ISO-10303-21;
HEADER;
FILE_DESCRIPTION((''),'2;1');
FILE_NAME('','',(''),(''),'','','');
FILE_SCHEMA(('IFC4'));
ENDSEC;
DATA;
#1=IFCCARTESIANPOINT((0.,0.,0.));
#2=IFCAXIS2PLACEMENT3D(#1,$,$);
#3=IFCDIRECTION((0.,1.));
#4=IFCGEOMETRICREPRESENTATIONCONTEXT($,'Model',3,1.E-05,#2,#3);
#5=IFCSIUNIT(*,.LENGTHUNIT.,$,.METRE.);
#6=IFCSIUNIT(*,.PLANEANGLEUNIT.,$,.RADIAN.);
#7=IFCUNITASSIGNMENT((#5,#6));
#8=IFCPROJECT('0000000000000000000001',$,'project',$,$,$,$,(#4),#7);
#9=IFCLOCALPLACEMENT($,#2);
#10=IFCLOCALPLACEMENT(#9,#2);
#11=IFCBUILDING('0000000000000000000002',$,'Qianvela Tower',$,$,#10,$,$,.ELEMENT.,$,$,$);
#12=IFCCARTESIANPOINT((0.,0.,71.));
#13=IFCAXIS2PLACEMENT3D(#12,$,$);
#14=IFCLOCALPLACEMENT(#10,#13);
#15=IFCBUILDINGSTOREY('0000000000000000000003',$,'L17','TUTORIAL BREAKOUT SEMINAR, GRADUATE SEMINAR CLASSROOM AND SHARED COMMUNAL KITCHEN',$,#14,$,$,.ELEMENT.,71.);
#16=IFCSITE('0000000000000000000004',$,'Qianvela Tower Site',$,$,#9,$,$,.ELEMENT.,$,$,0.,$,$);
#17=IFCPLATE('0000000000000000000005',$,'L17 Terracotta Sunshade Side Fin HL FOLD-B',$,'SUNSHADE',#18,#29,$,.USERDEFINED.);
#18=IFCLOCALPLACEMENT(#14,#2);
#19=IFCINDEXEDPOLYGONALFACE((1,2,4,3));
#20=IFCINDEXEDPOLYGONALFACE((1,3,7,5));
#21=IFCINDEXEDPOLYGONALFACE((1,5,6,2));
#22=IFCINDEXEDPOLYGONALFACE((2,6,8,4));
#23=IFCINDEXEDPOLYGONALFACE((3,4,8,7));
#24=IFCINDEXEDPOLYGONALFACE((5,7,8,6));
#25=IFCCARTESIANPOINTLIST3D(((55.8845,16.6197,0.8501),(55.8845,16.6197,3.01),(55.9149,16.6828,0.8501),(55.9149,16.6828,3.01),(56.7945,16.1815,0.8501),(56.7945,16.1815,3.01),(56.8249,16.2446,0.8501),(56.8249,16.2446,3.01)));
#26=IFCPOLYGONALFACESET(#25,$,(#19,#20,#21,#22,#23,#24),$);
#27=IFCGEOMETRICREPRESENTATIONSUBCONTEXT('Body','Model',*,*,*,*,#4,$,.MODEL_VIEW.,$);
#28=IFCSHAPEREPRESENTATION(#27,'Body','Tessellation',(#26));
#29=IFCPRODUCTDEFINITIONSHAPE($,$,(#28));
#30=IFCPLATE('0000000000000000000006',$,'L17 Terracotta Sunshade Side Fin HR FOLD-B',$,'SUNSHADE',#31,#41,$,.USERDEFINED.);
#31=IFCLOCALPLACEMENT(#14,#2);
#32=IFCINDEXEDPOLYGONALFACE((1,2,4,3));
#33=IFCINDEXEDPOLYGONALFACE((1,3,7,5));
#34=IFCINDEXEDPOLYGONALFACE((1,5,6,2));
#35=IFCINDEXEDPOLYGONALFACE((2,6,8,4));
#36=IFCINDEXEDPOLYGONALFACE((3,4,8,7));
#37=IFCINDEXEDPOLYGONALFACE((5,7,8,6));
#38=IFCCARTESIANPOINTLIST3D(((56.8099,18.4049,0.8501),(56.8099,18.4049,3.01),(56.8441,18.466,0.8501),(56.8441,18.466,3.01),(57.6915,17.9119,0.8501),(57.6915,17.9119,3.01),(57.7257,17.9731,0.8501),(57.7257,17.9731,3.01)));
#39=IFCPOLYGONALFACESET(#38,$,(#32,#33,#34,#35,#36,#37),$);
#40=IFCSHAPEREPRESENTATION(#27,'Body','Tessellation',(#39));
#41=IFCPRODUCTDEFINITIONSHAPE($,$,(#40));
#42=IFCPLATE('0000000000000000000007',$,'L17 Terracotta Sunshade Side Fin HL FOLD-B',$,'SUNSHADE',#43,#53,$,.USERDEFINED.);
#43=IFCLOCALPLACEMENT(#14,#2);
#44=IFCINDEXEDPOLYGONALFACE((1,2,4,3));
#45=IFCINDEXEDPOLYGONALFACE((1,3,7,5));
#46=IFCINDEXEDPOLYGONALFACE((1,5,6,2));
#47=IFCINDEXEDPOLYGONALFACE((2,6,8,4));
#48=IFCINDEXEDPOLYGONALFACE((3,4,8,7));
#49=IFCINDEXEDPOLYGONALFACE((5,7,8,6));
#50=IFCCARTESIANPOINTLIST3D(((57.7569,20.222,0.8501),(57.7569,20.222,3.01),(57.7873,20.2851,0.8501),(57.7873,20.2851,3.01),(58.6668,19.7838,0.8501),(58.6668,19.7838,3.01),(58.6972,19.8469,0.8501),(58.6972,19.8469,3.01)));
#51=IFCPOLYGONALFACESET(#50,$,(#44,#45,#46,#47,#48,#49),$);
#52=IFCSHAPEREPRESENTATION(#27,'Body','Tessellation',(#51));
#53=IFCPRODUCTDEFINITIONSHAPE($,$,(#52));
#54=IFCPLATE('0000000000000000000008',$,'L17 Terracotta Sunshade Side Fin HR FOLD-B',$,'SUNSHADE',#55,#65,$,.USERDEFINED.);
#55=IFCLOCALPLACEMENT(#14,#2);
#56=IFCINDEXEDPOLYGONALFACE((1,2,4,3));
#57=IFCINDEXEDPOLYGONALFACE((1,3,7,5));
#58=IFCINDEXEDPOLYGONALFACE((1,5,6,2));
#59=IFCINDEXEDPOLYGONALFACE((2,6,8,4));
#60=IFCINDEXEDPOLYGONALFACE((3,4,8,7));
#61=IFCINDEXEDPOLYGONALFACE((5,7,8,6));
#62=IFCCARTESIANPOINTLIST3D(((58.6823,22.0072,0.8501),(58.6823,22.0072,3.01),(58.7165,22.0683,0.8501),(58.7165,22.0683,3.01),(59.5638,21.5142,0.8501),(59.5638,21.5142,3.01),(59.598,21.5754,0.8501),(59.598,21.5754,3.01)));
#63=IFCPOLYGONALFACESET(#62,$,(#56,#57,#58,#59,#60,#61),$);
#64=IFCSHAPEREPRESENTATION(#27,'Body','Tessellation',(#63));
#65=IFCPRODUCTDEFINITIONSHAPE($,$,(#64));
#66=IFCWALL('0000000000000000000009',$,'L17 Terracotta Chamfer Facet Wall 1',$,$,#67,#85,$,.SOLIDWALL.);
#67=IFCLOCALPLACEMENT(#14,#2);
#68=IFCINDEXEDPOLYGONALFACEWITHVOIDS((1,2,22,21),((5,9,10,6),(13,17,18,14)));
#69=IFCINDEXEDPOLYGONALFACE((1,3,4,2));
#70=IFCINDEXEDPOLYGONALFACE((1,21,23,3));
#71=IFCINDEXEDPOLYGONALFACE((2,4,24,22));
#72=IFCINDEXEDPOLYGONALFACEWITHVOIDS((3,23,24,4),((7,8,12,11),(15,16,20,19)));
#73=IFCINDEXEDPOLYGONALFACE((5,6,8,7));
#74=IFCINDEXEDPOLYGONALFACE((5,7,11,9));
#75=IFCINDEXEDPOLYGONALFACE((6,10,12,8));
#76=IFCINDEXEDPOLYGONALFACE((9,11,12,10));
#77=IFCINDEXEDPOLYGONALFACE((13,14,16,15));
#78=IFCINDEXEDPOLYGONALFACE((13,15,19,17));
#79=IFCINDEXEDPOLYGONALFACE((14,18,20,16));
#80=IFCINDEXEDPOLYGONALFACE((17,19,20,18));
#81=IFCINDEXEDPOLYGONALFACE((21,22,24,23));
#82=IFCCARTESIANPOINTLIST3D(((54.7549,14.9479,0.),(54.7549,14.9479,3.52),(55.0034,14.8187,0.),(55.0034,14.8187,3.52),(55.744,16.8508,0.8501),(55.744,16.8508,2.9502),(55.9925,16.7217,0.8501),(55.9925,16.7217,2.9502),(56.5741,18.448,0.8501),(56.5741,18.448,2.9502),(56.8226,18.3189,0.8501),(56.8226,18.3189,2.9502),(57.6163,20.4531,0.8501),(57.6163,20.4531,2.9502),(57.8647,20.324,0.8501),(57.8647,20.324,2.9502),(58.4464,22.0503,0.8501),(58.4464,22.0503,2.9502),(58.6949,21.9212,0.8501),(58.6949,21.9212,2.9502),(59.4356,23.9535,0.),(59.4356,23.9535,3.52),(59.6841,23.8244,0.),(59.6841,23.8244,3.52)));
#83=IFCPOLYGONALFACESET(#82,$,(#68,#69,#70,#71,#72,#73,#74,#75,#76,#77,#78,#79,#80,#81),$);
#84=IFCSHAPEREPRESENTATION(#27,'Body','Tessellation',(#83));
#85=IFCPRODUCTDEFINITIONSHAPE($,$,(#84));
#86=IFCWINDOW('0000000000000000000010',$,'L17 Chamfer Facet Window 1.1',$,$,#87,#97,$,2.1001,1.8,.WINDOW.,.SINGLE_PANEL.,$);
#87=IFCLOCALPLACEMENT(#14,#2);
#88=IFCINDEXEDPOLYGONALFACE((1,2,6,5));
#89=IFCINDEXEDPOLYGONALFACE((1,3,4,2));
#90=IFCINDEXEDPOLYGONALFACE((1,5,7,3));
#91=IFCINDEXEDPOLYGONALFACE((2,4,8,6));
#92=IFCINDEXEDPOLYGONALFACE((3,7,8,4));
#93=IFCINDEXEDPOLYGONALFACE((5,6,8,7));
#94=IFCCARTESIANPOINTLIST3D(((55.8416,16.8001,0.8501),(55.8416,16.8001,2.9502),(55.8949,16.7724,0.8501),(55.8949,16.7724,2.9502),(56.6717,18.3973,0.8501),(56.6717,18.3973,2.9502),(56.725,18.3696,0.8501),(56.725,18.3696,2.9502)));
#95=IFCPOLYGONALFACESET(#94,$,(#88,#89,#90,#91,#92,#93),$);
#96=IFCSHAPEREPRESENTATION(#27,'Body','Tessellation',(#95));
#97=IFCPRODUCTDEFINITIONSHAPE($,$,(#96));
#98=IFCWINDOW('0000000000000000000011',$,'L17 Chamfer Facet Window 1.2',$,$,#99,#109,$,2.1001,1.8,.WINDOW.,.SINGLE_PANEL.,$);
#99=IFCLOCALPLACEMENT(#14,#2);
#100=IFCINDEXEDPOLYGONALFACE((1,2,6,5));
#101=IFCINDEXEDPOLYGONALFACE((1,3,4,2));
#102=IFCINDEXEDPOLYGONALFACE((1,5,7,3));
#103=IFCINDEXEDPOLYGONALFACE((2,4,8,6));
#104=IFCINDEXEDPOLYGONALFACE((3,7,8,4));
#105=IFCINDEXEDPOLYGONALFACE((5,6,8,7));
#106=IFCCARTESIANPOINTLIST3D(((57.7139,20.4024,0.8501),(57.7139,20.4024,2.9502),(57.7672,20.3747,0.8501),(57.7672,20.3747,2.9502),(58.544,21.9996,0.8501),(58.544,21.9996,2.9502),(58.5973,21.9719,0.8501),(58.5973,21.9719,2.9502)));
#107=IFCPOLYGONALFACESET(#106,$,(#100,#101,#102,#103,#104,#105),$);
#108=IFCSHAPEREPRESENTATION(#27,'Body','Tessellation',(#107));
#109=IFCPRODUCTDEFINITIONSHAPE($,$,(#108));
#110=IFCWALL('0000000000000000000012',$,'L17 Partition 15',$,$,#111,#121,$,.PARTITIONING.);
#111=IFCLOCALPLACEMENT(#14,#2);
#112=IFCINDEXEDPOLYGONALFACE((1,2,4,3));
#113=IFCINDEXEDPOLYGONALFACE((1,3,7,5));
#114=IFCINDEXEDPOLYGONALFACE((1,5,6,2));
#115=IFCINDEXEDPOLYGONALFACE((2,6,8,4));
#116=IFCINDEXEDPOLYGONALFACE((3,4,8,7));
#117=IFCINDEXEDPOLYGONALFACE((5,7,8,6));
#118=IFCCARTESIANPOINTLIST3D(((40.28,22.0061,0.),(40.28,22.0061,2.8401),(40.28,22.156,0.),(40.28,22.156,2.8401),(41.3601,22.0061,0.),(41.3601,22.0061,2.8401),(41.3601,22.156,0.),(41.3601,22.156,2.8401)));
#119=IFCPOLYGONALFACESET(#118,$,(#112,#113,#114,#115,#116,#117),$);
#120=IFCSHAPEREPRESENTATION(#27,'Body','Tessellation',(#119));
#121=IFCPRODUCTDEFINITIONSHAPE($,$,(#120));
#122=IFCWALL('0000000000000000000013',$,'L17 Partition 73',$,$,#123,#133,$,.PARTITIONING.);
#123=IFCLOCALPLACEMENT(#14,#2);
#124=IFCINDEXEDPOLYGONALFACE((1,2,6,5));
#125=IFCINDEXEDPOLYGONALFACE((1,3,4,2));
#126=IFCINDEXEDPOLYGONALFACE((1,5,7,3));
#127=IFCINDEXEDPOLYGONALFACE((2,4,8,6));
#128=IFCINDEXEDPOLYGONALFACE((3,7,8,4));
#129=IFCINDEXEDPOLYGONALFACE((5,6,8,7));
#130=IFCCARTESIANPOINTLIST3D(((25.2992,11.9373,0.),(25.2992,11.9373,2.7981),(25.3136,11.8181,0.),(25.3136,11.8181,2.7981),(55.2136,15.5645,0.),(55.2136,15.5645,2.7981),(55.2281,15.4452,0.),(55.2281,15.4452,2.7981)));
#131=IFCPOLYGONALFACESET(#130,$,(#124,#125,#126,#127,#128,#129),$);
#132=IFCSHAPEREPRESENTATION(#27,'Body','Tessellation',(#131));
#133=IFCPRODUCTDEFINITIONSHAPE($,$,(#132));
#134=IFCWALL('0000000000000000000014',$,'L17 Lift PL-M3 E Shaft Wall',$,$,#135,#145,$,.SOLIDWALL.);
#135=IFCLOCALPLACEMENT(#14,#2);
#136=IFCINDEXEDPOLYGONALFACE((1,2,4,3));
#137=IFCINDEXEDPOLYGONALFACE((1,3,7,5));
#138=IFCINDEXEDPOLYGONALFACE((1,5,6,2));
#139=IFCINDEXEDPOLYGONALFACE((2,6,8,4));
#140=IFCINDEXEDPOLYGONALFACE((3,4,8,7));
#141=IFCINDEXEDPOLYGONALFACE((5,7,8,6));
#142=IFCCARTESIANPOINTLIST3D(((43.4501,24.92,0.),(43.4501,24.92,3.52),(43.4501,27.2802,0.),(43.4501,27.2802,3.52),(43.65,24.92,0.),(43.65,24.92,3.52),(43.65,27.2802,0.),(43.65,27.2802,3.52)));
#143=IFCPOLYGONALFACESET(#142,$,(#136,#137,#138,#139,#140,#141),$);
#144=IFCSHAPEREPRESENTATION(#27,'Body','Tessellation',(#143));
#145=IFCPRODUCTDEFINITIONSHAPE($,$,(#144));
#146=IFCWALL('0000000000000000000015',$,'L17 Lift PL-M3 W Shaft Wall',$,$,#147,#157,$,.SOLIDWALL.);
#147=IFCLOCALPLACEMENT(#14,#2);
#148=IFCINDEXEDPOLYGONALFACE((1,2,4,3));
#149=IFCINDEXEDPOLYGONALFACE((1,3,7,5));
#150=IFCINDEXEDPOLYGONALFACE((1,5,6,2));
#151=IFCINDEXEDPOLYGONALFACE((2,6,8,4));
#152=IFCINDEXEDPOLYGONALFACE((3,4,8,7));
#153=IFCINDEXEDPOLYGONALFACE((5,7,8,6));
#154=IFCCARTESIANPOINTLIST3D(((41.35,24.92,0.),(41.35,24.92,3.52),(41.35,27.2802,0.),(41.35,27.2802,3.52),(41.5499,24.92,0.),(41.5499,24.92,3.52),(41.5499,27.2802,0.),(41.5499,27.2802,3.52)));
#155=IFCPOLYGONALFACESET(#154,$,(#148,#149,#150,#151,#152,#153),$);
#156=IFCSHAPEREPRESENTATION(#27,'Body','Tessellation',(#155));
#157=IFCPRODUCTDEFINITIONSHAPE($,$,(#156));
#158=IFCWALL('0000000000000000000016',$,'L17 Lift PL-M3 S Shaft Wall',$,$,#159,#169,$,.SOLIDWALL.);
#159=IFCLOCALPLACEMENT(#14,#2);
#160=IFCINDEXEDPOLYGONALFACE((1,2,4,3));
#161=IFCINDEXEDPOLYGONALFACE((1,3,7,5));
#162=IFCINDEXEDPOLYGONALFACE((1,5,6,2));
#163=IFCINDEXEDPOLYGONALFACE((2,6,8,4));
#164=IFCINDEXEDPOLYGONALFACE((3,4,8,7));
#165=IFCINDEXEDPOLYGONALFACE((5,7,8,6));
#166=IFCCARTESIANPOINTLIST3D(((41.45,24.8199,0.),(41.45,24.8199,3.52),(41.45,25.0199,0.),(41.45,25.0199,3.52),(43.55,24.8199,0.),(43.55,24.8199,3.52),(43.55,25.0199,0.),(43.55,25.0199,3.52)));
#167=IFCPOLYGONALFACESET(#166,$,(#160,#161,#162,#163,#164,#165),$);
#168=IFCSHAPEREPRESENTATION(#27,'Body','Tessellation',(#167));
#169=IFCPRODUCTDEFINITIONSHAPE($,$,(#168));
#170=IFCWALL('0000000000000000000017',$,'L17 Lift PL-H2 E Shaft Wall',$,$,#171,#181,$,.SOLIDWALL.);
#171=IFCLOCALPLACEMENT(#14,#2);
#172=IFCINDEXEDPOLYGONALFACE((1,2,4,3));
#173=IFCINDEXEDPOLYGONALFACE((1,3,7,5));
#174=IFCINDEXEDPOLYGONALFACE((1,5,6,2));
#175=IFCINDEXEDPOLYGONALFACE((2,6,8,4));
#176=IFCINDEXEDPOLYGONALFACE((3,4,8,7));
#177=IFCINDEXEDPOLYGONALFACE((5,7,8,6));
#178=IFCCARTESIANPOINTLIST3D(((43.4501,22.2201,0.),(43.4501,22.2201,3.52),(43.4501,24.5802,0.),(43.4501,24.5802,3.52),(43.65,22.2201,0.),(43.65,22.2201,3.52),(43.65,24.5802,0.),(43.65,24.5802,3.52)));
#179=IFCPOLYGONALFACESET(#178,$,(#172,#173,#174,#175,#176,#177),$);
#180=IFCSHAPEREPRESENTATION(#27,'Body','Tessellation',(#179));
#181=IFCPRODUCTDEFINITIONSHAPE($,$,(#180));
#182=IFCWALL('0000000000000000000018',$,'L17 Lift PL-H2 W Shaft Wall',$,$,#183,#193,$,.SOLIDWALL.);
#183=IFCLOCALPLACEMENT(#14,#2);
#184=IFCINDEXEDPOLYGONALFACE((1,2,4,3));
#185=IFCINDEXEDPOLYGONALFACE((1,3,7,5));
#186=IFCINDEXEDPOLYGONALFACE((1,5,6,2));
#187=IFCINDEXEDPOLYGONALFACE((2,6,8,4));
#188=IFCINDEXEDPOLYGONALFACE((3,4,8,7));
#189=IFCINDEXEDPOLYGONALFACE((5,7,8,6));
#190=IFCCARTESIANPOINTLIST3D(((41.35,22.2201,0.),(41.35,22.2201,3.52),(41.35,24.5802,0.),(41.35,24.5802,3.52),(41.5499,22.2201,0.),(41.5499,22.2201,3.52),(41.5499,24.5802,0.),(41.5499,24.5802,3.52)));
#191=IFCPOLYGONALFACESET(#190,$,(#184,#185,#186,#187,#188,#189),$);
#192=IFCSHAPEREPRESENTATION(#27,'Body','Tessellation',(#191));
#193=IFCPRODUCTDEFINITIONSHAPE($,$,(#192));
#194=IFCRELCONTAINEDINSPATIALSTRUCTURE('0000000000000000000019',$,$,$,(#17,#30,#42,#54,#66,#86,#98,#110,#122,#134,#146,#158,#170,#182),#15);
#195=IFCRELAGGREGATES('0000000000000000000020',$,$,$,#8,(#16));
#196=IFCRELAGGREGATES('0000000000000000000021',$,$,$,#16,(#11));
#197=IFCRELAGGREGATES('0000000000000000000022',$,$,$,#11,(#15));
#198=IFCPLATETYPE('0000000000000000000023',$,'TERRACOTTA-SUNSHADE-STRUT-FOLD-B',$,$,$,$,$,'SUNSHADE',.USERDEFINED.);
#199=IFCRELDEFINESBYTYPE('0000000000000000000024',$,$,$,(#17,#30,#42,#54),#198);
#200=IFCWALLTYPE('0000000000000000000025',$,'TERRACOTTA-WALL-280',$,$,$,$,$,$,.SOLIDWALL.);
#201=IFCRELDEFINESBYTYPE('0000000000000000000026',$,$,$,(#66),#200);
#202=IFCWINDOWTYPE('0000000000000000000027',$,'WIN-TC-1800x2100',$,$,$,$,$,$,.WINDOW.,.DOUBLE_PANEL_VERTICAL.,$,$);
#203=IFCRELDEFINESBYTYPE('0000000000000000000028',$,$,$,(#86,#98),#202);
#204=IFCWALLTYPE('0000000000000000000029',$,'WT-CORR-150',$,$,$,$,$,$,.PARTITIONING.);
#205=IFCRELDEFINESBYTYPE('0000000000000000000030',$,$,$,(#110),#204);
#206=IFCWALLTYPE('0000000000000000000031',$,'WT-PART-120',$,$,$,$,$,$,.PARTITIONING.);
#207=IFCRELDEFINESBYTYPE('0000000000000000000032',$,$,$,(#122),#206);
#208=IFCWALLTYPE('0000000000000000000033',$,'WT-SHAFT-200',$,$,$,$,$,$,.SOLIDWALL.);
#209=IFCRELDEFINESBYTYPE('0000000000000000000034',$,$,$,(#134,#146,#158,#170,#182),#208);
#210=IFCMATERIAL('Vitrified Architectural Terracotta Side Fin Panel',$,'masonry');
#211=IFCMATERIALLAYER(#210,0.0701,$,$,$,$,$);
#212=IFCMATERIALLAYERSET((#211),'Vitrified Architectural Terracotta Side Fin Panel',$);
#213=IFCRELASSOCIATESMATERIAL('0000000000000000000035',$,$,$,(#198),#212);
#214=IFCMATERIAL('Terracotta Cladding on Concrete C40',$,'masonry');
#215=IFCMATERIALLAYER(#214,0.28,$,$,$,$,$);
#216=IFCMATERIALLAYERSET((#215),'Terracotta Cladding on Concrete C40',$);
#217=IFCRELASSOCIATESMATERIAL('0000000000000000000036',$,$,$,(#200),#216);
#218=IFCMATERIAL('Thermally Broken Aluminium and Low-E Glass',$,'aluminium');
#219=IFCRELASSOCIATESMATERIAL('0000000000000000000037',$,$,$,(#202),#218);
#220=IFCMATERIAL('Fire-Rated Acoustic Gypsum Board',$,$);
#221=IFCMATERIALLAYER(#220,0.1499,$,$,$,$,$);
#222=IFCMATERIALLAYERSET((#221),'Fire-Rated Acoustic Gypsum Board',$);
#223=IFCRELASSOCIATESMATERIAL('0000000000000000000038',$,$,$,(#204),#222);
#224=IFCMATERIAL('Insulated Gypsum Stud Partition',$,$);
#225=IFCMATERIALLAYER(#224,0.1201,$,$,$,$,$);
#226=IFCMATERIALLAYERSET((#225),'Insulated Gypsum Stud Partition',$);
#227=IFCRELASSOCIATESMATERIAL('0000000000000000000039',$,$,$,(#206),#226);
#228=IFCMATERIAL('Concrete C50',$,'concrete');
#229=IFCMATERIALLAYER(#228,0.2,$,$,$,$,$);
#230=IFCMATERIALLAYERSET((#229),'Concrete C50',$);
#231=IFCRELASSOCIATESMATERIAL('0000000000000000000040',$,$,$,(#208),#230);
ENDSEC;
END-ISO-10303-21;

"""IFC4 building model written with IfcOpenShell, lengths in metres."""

from ifc_helpers import new_model, si_unit, direction, frame, frame_2d, origin, origin_2d, place, context, subcontext, project, spatial, rectangle, extrude, material, layer, layer_set, type_object, element, fill, save


model = new_model("IFC4")

# Units and contexts
model_context = context("Model", 3, precision=1e-05, world=origin(), true_north=direction((0.0, 1.0)))
body_context = subcontext(model_context, "Body", "Model", "MODEL_VIEW")
ifc_project = project(units=[si_unit("LENGTHUNIT", "METRE"), si_unit("PLANEANGLEUNIT", "RADIAN")], contexts=[model_context])

# Site, building, storey
site_placement = place(None, origin())
site = spatial("IfcSite", under=ifc_project, at=site_placement, Name="Qianvela Tower Site", CompositionType="ELEMENT", RefElevation=0.0)
building_placement = place(site_placement, origin())
building = spatial("IfcBuilding", under=site, at=building_placement, Name="Qianvela Tower", CompositionType="ELEMENT")
storey_placement = place(building_placement, frame((0.0, 0.0, 71.0)))
storey = spatial("IfcBuildingStorey", under=building, at=storey_placement, Name="L17", Description="TUTORIAL BREAKOUT SEMINAR, GRADUATE SEMINAR CLASSROOM AND SHARED COMMUNAL KITCHEN", CompositionType="ELEMENT", Elevation=71.0)

# Plates
ifc_material_1 = material(Name="Vitrified Architectural Terracotta Side Fin Panel", Category="masonry")
ifc_layer_1 = layer(ifc_material_1, 0.0701)
ifc_layer_set_1 = layer_set([ifc_layer_1], Name="Vitrified Architectural Terracotta Side Fin Panel")
plate_type_1 = type_object("IfcPlateType", Name="TERRACOTTA-SUNSHADE-STRUT-FOLD-B", ElementType="SUNSHADE", PredefinedType="USERDEFINED", material=ifc_layer_set_1)
for number, where, z_axis, x_axis, name in (
    (1, (56.3547, 16.4321, 0.8501), (0.0, 0.0, 1.0), (0.433865, 0.900978, 0.0), "L17 Terracotta Sunshade Side Fin HL FOLD-B"),
    (2, (57.2678, 18.189, 0.8501), (0.0, 0.0, 1.0), (0.488059, 0.872811, 0.0), "L17 Terracotta Sunshade Side Fin HR FOLD-B"),
    (3, (58.2271, 20.0344, 0.8501), (0.0, 0.0, 1.0), (0.433865, 0.900978, 0.0), "L17 Terracotta Sunshade Side Fin HL FOLD-B"),
    (4, (59.1401, 21.7913, 0.8501), (0.0, 0.0, 1.0), (0.488059, 0.872811, 0.0), "L17 Terracotta Sunshade Side Fin HR FOLD-B"),
):
    element("IfcPlate", number, at=place(storey_placement, frame(where, z_axis=z_axis, x_axis=x_axis)), inside=storey, type_object=plate_type_1, Name=name, ObjectType="SUNSHADE", PredefinedType="USERDEFINED", context=body_context, shape_type="SweptSolid", body=[
        extrude(rectangle(XDim=0.0701, YDim=1.01, at=origin_2d()), origin(), (0.0, 0.0, 1.0), 2.1599),
    ])

# Wall, openings, windows
ifc_material_2 = material(Name="Terracotta Cladding on Concrete C40", Category="masonry")
ifc_layer_2 = layer(ifc_material_2, 0.28)
ifc_layer_set_2 = layer_set([ifc_layer_2], Name="Terracotta Cladding on Concrete C40")
wall_type_1 = type_object("IfcWallType", Name="TERRACOTTA-WALL-280", PredefinedType="SOLIDWALL", material=ifc_layer_set_2)
wall_1_placement = place(storey_placement, frame((54.8792, 14.8833, 0.0), z_axis=(0.0, 0.0, 1.0), x_axis=(0.461178, 0.887308, 0.0)))
wall_1 = element("IfcWall", 5, at=wall_1_placement, inside=storey, type_object=wall_type_1, Name="L17 Terracotta Chamfer Facet Wall 1", PredefinedType="SOLIDWALL", context=body_context, shape_type="SweptSolid", body=[
    extrude(rectangle(XDim=10.1494, YDim=0.28, at=frame_2d((5.0747, 0.0))), origin(), (0.0, 0.0, 1.0), 3.52),
])
opening_1_placement = place(wall_1_placement, frame((2.1448, 0.0, 0.8501)))
opening_1 = element("IfcOpeningElement", 6, at=opening_1_placement, cuts=wall_1, PredefinedType="OPENING", context=body_context, shape_type="SweptSolid", body=[
    extrude(rectangle(XDim=1.8, YDim=2.1001, at=frame_2d((0.8999, 1.05))), frame((0.0, 0.1499, 0.0), z_axis=(0.0, -1.0, 0.0), x_axis=(1.0, 0.0, 0.0)), (0.0, 0.0, 1.0), 0.3),
])
opening_2_placement = place(wall_1_placement, frame((6.2046, 0.0, 0.8501)))
opening_2 = element("IfcOpeningElement", 7, at=opening_2_placement, cuts=wall_1, PredefinedType="OPENING", context=body_context, shape_type="SweptSolid", body=[
    extrude(rectangle(XDim=1.8, YDim=2.1001, at=frame_2d((0.8999, 1.05))), frame((0.0, 0.1499, 0.0), z_axis=(0.0, -1.0, 0.0), x_axis=(1.0, 0.0, 0.0)), (0.0, 0.0, 1.0), 0.3),
])
ifc_material_3 = material(Name="Thermally Broken Aluminium and Low-E Glass", Category="aluminium")
window_type = type_object("IfcWindowType", Name="WIN-TC-1800x2100", PartitioningType="DOUBLE_PANEL_VERTICAL", PredefinedType="WINDOW", material=ifc_material_3)
window_1_placement = place(opening_1_placement, origin())
window_1 = element("IfcWindow", 8, at=window_1_placement, inside=storey, type_object=window_type, Name="L17 Chamfer Facet Window 1.1", OverallHeight=2.1001, OverallWidth=1.8, PartitioningType="SINGLE_PANEL", PredefinedType="WINDOW", context=body_context, shape_type="SweptSolid", body=[
    extrude(rectangle(XDim=1.8, YDim=2.1001, at=frame_2d((0.8999, 1.05))), frame((0.0, 0.03, 0.0), z_axis=(0.0, -1.0, 0.0), x_axis=(1.0, 0.0, 0.0)), (0.0, 0.0, 1.0), 0.0601),
])
fill(opening_1, window_1)
window_2_placement = place(opening_2_placement, origin())
window_2 = element("IfcWindow", 9, at=window_2_placement, inside=storey, type_object=window_type, Name="L17 Chamfer Facet Window 1.2", OverallHeight=2.1001, OverallWidth=1.8, PartitioningType="SINGLE_PANEL", PredefinedType="WINDOW", context=body_context, shape_type="SweptSolid", body=[
    extrude(rectangle(XDim=1.8, YDim=2.1001, at=frame_2d((0.8999, 1.05))), frame((0.0, 0.03, 0.0), z_axis=(0.0, -1.0, 0.0), x_axis=(1.0, 0.0, 0.0)), (0.0, 0.0, 1.0), 0.0601),
])
fill(opening_2, window_2)

# Walls
ifc_material_4 = material(Name="Fire-Rated Acoustic Gypsum Board")
ifc_layer_3 = layer(ifc_material_4, 0.1499)
ifc_layer_set_3 = layer_set([ifc_layer_3], Name="Fire-Rated Acoustic Gypsum Board")
wall_type_2 = type_object("IfcWallType", Name="WT-CORR-150", PredefinedType="PARTITIONING", material=ifc_layer_set_3)
wall_2_placement = place(storey_placement, frame((41.3601, 22.0811, 0.0), z_axis=(0.0, 0.0, 1.0), x_axis=(-1.0, 0.0, 0.0)))
element("IfcWall", 10, at=wall_2_placement, inside=storey, type_object=wall_type_2, Name="L17 Partition 15", PredefinedType="PARTITIONING", context=body_context, shape_type="SweptSolid", body=[
    extrude(rectangle(XDim=1.0801, YDim=0.1499, at=frame_2d((0.54, 0.0))), origin(), (0.0, 0.0, 1.0), 2.8401),
])
ifc_material_5 = material(Name="Insulated Gypsum Stud Partition")
ifc_layer_4 = layer(ifc_material_5, 0.1201)
ifc_layer_set_4 = layer_set([ifc_layer_4], Name="Insulated Gypsum Stud Partition")
wall_type_3 = type_object("IfcWallType", Name="WT-PART-120", PredefinedType="PARTITIONING", material=ifc_layer_set_4)
wall_3_placement = place(storey_placement, frame((55.2209, 15.5049, 0.0), z_axis=(0.0, 0.0, 1.0), x_axis=(-0.992729, -0.12037, 0.0)))
element("IfcWall", 11, at=wall_3_placement, inside=storey, type_object=wall_type_3, Name="L17 Partition 73", PredefinedType="PARTITIONING", context=body_context, shape_type="SweptSolid", body=[
    extrude(rectangle(XDim=30.1335, YDim=0.1201, at=frame_2d((15.0669, 0.0))), origin(), (0.0, 0.0, 1.0), 2.7981),
])
ifc_material_6 = material(Name="Concrete C50", Category="concrete")
ifc_layer_5 = layer(ifc_material_6, 0.2)
ifc_layer_set_5 = layer_set([ifc_layer_5], Name="Concrete C50")
wall_type_4 = type_object("IfcWallType", Name="WT-SHAFT-200", PredefinedType="SOLIDWALL", material=ifc_layer_set_5)
for number, where, z_axis, x_axis, name in (
    (12, (43.55, 24.9199, 0.0), (0.0, 0.0, 1.0), (0.0, 1.0, 0.0), "L17 Lift PL-M3 E Shaft Wall"),
    (13, (41.45, 24.9199, 0.0), (0.0, 0.0, 1.0), (0.0, 1.0, 0.0), "L17 Lift PL-M3 W Shaft Wall"),
):
    element("IfcWall", number, at=place(storey_placement, frame(where, z_axis=z_axis, x_axis=x_axis)), inside=storey, type_object=wall_type_4, Name=name, PredefinedType="SOLIDWALL", context=body_context, shape_type="SweptSolid", body=[
        extrude(rectangle(XDim=2.3601, YDim=0.2, at=frame_2d((1.1802, 0.0))), origin(), (0.0, 0.0, 1.0), 3.52),
    ])
wall_4_placement = place(storey_placement, frame((41.45, 24.9199, 0.0), z_axis=(0.0, 0.0, 1.0), x_axis=(1.0, 0.0, 0.0)))
element("IfcWall", 14, at=wall_4_placement, inside=storey, type_object=wall_type_4, Name="L17 Lift PL-M3 S Shaft Wall", PredefinedType="SOLIDWALL", context=body_context, shape_type="SweptSolid", body=[
    extrude(rectangle(XDim=2.1001, YDim=0.2, at=frame_2d((1.05, 0.0))), origin(), (0.0, 0.0, 1.0), 3.52),
])
for number, where, z_axis, x_axis, name in (
    (15, (43.55, 22.22, 0.0), (0.0, 0.0, 1.0), (0.0, 1.0, 0.0), "L17 Lift PL-H2 E Shaft Wall"),
    (16, (41.45, 22.22, 0.0), (0.0, 0.0, 1.0), (0.0, 1.0, 0.0), "L17 Lift PL-H2 W Shaft Wall"),
):
    element("IfcWall", number, at=place(storey_placement, frame(where, z_axis=z_axis, x_axis=x_axis)), inside=storey, type_object=wall_type_4, Name=name, PredefinedType="SOLIDWALL", context=body_context, shape_type="SweptSolid", body=[
        extrude(rectangle(XDim=2.3601, YDim=0.2, at=frame_2d((1.1802, 0.0))), origin(), (0.0, 0.0, 1.0), 3.52),
    ])

save(model, "model.ifc")
